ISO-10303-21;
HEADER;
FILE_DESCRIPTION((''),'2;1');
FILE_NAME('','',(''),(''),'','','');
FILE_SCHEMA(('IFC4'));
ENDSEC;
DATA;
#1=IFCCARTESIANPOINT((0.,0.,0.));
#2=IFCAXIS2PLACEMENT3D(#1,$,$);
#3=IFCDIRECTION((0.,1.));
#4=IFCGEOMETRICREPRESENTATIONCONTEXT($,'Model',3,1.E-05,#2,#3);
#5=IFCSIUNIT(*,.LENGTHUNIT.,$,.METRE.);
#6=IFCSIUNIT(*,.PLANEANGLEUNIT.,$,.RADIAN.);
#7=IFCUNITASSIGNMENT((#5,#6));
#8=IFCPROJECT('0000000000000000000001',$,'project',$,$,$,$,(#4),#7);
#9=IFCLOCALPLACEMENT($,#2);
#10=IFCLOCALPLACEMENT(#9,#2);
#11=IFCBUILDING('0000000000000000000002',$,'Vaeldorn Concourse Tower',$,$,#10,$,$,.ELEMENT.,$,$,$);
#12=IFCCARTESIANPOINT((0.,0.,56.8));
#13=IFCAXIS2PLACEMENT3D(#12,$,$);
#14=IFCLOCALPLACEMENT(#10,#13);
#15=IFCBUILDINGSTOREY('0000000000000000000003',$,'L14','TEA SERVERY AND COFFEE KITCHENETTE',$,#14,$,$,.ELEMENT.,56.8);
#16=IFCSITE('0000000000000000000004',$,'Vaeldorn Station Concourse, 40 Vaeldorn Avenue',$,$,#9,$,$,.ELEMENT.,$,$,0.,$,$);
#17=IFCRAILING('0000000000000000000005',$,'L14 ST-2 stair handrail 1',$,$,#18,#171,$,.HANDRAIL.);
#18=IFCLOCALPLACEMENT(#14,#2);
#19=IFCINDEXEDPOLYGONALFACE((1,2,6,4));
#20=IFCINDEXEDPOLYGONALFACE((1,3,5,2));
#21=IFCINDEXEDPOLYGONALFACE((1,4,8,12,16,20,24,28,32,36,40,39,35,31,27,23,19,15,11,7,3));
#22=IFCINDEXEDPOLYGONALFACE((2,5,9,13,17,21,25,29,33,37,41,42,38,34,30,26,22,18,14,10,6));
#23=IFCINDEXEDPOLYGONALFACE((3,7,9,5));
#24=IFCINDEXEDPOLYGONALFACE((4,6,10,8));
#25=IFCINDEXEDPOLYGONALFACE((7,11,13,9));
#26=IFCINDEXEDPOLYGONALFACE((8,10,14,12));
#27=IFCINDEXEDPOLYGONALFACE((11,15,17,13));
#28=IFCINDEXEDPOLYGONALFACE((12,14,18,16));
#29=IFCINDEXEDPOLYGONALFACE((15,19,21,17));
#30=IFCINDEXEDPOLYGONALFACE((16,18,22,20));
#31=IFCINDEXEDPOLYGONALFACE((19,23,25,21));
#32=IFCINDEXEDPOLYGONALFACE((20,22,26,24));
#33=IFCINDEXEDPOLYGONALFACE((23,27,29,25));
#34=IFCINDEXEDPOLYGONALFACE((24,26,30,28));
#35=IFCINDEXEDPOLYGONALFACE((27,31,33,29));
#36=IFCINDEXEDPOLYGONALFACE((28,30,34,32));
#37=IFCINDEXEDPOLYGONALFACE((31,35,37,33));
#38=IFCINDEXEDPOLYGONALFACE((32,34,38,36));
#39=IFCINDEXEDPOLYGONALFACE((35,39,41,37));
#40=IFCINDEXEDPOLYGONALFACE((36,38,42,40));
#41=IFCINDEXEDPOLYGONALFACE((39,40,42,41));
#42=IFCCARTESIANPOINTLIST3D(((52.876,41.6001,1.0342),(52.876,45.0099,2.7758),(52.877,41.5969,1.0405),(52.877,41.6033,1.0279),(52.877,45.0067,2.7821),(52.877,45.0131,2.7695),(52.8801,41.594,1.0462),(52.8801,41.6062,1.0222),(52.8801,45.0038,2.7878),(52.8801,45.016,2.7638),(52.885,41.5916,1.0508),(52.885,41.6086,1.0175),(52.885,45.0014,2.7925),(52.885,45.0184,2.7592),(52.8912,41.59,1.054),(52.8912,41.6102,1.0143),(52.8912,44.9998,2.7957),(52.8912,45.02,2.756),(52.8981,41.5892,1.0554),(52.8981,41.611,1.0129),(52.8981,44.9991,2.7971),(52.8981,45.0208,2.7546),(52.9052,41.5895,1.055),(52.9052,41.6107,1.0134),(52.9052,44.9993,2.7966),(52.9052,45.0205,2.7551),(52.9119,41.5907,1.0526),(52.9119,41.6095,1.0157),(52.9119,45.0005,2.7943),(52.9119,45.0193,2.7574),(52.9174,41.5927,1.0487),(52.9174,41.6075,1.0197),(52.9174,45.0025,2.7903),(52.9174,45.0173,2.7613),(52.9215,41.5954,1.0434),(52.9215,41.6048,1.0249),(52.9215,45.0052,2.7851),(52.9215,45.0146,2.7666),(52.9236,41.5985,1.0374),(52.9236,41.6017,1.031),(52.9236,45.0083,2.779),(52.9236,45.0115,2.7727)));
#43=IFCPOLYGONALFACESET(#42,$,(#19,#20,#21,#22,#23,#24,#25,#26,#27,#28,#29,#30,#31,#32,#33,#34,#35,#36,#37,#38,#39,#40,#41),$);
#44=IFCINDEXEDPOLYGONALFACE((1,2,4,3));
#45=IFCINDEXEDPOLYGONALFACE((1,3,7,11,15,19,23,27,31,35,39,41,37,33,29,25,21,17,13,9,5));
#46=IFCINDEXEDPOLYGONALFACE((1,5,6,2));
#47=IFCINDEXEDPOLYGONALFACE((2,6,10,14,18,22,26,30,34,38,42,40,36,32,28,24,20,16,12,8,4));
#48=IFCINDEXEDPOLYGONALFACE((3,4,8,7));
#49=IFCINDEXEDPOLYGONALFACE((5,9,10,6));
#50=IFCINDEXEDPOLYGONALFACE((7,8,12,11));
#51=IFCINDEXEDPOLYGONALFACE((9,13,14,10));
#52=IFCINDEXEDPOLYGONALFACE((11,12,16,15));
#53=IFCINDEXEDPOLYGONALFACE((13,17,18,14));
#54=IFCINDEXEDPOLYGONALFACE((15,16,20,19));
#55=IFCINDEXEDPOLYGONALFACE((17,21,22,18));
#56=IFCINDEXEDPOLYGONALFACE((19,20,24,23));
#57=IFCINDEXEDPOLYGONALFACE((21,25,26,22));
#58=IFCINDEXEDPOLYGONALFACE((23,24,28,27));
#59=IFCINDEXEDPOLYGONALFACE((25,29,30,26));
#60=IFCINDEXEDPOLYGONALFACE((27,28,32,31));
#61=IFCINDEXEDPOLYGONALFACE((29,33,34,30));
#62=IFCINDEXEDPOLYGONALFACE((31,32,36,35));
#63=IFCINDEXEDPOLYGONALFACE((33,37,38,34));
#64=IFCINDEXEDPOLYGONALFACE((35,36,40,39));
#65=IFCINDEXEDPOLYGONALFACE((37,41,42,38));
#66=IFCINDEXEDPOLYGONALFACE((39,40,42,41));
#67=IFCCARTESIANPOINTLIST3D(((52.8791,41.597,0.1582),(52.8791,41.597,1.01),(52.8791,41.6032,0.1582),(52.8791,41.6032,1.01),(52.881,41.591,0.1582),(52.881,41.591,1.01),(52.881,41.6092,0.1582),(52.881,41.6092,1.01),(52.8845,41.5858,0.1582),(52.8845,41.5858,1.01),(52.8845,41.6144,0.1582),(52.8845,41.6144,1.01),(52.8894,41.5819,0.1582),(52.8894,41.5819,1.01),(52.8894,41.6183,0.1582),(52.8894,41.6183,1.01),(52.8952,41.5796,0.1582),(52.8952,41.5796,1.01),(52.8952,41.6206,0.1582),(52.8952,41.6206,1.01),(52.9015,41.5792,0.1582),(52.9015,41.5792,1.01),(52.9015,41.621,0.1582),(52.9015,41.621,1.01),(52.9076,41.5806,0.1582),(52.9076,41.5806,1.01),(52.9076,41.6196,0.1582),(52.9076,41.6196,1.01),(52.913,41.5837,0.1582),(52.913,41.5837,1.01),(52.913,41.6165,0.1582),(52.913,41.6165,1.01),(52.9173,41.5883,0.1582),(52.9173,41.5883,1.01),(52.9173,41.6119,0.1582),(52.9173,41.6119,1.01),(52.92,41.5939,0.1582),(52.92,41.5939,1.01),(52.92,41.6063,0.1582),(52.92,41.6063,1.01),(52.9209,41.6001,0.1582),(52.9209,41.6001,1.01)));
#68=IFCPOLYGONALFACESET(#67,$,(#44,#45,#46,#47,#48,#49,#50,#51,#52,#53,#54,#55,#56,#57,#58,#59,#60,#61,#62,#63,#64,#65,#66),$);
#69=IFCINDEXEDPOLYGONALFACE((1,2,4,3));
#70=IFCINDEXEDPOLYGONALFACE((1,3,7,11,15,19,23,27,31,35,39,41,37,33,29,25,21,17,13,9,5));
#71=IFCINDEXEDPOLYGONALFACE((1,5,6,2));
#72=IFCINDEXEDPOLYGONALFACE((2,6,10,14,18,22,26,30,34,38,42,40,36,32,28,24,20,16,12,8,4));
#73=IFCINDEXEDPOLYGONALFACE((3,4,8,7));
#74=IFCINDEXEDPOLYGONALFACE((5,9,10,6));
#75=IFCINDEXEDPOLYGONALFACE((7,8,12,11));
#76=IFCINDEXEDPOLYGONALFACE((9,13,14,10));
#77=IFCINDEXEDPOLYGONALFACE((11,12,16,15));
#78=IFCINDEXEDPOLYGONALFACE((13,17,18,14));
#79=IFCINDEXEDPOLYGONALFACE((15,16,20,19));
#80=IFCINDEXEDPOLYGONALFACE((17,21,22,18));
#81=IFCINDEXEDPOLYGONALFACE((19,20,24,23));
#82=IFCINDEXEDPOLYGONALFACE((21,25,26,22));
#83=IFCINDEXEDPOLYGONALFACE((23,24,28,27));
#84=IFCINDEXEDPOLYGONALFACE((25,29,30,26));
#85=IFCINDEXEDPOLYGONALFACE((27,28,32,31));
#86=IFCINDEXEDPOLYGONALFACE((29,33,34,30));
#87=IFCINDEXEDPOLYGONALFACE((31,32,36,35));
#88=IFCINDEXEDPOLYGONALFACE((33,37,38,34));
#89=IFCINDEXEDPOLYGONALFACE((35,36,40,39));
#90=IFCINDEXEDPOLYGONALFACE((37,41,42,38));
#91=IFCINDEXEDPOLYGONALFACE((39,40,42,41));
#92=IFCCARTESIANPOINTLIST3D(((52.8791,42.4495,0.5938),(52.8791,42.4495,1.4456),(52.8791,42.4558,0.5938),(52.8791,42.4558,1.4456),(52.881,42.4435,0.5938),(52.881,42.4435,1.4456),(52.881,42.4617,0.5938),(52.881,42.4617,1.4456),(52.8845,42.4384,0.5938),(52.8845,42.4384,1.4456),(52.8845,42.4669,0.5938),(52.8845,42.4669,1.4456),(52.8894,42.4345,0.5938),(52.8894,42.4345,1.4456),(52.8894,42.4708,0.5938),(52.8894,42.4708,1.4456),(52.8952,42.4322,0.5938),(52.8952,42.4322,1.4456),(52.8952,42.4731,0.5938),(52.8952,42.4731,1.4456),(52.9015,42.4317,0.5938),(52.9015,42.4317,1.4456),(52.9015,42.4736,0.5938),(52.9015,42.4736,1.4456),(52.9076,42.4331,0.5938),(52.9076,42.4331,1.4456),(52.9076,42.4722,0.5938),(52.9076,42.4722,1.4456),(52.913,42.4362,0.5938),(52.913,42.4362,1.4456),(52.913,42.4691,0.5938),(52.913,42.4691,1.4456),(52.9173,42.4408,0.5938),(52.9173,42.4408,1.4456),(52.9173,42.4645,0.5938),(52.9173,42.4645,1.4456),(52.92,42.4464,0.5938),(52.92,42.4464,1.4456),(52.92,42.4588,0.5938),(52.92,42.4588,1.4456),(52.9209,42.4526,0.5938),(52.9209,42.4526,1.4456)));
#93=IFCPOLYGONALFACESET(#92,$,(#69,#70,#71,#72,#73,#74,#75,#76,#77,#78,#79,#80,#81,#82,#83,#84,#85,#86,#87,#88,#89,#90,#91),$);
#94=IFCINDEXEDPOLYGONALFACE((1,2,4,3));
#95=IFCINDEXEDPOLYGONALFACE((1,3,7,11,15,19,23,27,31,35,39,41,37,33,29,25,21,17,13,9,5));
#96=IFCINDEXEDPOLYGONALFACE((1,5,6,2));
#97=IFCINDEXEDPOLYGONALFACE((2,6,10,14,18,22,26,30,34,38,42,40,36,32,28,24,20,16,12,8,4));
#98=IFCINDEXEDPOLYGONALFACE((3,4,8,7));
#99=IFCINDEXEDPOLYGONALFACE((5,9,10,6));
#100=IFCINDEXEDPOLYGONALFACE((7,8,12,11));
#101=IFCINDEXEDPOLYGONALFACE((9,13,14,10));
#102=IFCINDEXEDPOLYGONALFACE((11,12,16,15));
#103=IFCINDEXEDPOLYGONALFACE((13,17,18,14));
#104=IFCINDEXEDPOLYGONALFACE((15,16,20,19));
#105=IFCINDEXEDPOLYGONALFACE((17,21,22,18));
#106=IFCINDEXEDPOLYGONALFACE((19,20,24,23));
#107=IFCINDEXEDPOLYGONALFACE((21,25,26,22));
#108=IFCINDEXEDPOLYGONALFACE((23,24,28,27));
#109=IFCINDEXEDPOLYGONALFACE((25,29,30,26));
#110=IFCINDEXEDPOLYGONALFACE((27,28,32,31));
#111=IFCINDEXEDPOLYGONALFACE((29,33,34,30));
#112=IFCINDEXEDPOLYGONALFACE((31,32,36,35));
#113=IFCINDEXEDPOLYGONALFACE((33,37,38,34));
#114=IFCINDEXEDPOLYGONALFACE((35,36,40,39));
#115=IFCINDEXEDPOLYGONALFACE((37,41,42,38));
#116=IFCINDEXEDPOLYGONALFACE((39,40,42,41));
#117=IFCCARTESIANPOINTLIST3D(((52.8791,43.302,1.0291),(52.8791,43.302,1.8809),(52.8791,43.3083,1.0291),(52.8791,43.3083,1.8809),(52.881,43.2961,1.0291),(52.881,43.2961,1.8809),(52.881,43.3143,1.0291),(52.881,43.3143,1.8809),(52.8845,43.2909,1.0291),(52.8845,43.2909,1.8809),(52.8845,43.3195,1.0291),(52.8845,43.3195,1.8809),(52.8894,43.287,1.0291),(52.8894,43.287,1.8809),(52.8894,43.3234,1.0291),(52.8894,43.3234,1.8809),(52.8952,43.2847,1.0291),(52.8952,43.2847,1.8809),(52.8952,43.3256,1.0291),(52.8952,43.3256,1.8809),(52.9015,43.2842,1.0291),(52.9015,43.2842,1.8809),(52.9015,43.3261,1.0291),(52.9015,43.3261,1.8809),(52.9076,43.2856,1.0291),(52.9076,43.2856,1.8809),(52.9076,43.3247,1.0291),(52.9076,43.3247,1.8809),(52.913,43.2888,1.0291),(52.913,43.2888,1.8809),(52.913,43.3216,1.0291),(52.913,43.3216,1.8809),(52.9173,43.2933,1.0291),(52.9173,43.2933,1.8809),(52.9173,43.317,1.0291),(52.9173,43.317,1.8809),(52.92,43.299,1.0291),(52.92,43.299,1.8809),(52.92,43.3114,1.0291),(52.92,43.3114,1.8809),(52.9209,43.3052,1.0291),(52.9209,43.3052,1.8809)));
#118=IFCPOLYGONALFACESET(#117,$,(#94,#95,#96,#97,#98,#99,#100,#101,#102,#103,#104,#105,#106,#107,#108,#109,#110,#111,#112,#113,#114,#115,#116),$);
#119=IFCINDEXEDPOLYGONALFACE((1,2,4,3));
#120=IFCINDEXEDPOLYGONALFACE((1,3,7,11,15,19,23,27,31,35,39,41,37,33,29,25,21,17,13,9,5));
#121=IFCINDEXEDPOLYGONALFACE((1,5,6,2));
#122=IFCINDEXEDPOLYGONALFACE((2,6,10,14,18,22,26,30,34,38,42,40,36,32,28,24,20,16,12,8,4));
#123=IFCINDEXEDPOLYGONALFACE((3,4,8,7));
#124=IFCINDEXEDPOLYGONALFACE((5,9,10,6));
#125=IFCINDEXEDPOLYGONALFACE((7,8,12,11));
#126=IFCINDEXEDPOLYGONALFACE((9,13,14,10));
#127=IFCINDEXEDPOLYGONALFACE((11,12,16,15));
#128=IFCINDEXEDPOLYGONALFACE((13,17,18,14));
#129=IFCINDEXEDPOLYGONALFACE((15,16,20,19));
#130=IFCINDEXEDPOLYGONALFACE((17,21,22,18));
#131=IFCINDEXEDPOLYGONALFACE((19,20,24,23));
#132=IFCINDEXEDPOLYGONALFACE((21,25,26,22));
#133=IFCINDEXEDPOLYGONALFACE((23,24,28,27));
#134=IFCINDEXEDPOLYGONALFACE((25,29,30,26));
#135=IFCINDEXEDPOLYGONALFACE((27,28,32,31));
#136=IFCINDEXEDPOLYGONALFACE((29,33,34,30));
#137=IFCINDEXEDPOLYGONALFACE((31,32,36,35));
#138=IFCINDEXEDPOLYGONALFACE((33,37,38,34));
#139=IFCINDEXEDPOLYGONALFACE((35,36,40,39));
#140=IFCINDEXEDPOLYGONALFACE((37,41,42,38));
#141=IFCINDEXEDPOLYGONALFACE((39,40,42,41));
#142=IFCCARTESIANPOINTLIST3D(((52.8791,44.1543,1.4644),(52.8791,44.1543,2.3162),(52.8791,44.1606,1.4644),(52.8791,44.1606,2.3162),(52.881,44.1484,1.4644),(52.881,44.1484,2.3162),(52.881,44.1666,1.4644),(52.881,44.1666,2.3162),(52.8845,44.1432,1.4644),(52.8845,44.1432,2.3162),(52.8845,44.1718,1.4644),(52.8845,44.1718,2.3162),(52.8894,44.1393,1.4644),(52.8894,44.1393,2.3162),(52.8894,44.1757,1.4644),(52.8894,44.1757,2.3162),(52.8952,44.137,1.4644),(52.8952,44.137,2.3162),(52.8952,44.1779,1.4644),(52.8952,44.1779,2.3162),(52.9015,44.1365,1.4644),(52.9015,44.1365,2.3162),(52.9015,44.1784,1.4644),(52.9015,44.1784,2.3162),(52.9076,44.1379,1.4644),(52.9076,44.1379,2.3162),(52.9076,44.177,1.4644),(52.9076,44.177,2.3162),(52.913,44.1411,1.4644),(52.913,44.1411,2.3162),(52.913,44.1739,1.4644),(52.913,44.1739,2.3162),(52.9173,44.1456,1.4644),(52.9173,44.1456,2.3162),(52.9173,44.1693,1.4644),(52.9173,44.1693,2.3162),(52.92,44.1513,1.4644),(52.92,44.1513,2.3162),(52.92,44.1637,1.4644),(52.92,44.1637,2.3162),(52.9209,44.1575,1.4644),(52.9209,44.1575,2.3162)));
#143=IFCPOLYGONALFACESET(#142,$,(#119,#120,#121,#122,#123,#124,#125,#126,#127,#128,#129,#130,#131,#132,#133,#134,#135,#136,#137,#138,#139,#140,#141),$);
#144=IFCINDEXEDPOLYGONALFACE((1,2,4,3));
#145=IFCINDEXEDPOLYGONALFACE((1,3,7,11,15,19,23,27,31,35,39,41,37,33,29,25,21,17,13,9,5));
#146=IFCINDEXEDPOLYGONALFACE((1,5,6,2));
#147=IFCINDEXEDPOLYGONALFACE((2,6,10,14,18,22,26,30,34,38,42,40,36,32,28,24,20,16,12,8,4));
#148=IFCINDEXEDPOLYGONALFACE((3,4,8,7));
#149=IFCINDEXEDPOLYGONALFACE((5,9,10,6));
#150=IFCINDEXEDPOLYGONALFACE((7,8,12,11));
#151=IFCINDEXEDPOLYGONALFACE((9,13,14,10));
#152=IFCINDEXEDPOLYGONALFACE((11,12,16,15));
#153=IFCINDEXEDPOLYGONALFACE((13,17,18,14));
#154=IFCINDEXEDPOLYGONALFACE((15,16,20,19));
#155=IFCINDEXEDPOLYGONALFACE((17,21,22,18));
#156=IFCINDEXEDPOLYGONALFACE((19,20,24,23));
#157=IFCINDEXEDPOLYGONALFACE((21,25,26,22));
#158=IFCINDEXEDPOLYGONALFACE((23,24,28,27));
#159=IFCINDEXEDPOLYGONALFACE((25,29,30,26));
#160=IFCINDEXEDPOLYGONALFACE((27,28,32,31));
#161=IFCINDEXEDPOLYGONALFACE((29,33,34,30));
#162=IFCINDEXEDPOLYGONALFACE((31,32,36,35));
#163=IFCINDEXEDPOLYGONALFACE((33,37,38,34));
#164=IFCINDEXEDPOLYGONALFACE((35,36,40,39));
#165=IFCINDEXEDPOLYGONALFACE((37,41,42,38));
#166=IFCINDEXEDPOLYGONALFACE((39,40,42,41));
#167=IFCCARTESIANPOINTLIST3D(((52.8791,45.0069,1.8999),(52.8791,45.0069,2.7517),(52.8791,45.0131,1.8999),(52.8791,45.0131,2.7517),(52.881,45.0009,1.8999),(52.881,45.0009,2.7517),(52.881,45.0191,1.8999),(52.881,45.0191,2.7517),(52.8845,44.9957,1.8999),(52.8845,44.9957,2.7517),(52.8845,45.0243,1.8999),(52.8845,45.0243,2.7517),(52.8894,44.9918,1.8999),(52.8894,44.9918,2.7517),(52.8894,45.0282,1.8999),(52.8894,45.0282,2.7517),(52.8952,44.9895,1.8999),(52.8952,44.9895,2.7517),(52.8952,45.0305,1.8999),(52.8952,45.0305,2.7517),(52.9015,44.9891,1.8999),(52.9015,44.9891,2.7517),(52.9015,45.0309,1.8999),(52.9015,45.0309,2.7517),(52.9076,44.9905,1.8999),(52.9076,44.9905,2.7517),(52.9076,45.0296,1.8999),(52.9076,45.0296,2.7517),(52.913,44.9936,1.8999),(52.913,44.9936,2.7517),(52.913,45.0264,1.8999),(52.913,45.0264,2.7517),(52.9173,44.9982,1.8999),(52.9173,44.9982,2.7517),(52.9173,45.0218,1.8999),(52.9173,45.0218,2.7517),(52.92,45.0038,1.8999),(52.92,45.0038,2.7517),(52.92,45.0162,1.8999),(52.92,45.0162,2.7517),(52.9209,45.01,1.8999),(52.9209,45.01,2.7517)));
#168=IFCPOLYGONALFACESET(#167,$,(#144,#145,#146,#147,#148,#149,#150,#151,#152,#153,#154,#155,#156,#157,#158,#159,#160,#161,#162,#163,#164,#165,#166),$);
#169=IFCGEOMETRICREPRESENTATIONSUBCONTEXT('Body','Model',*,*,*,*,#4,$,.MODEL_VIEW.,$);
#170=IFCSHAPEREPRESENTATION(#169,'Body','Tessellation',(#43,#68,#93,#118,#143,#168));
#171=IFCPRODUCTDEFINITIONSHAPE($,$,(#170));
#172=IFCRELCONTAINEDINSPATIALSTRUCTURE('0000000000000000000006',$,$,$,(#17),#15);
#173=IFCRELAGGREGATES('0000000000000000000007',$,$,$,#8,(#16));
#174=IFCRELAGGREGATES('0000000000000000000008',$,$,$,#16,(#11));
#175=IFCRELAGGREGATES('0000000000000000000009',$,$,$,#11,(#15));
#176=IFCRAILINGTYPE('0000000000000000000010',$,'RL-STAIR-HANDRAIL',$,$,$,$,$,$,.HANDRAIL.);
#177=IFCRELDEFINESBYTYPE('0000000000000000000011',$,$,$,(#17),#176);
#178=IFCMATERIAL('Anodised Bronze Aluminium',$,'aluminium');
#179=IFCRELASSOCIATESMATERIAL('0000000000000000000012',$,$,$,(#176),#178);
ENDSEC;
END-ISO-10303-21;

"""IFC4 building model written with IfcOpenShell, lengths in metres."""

from ifc_helpers import new_model, si_unit, direction, frame, origin, origin_2d, place, context, subcontext, project, spatial, circle, extrude, material, type_object, element, save


model = new_model("IFC4")

# Units and contexts
model_context = context("Model", 3, precision=1e-05, world=origin(), true_north=direction((0.0, 1.0)))
body_context = subcontext(model_context, "Body", "Model", "MODEL_VIEW")
ifc_project = project(units=[si_unit("LENGTHUNIT", "METRE"), si_unit("PLANEANGLEUNIT", "RADIAN")], contexts=[model_context])

# Site, building, storey
site_placement = place(None, origin())
site = spatial("IfcSite", under=ifc_project, at=site_placement, Name="Vaeldorn Station Concourse, 40 Vaeldorn Avenue", CompositionType="ELEMENT", RefElevation=0.0)
building_placement = place(site_placement, origin())
building = spatial("IfcBuilding", under=site, at=building_placement, Name="Vaeldorn Concourse Tower", CompositionType="ELEMENT")
storey_placement = place(building_placement, frame((0.0, 0.0, 56.8)))
storey = spatial("IfcBuildingStorey", under=building, at=storey_placement, Name="L14", Description="TEA SERVERY AND COFFEE KITCHENETTE", CompositionType="ELEMENT", Elevation=56.8)

# Shared definitions
ifc_material_1 = material(Name="Anodised Bronze Aluminium", Category="aluminium")

# Railing
railing_type_1 = type_object("IfcRailingType", Name="RL-STAIR-HANDRAIL", PredefinedType="HANDRAIL", material=ifc_material_1)
railing_1_placement = place(storey_placement, frame((52.8999, 41.6001, 0.1582)))
element("IfcRailing", 1, at=railing_1_placement, inside=storey, type_object=railing_type_1, Name="L14 ST-2 stair handrail 1", PredefinedType="HANDRAIL", context=body_context, shape_type="SweptSolid", body=[
    extrude(circle(Radius=0.0239, at=origin_2d()), frame((0.0, 0.0, 0.876), z_axis=(0.0, 0.890556, 0.454874), x_axis=(-1.0, 0.0, 0.0)), (0.0, 0.0, 1.0), 3.8289),
    extrude(circle(Radius=0.021, at=origin_2d()), origin(), (0.0, 0.0, 1.0), 0.8518),
    extrude(circle(Radius=0.021, at=origin_2d()), frame((0.0, 0.8525, 0.4355)), (0.0, 0.0, 1.0), 0.8518),
    extrude(circle(Radius=0.021, at=origin_2d()), frame((0.0, 1.7051, 0.8708)), (0.0, 0.0, 1.0), 0.8518),
    extrude(circle(Radius=0.021, at=origin_2d()), frame((0.0, 2.5574, 1.3062)), (0.0, 0.0, 1.0), 0.8518),
    extrude(circle(Radius=0.021, at=origin_2d()), frame((0.0, 3.4099, 1.7417)), (0.0, 0.0, 1.0), 0.8518),
])

save(model, "model.ifc")
